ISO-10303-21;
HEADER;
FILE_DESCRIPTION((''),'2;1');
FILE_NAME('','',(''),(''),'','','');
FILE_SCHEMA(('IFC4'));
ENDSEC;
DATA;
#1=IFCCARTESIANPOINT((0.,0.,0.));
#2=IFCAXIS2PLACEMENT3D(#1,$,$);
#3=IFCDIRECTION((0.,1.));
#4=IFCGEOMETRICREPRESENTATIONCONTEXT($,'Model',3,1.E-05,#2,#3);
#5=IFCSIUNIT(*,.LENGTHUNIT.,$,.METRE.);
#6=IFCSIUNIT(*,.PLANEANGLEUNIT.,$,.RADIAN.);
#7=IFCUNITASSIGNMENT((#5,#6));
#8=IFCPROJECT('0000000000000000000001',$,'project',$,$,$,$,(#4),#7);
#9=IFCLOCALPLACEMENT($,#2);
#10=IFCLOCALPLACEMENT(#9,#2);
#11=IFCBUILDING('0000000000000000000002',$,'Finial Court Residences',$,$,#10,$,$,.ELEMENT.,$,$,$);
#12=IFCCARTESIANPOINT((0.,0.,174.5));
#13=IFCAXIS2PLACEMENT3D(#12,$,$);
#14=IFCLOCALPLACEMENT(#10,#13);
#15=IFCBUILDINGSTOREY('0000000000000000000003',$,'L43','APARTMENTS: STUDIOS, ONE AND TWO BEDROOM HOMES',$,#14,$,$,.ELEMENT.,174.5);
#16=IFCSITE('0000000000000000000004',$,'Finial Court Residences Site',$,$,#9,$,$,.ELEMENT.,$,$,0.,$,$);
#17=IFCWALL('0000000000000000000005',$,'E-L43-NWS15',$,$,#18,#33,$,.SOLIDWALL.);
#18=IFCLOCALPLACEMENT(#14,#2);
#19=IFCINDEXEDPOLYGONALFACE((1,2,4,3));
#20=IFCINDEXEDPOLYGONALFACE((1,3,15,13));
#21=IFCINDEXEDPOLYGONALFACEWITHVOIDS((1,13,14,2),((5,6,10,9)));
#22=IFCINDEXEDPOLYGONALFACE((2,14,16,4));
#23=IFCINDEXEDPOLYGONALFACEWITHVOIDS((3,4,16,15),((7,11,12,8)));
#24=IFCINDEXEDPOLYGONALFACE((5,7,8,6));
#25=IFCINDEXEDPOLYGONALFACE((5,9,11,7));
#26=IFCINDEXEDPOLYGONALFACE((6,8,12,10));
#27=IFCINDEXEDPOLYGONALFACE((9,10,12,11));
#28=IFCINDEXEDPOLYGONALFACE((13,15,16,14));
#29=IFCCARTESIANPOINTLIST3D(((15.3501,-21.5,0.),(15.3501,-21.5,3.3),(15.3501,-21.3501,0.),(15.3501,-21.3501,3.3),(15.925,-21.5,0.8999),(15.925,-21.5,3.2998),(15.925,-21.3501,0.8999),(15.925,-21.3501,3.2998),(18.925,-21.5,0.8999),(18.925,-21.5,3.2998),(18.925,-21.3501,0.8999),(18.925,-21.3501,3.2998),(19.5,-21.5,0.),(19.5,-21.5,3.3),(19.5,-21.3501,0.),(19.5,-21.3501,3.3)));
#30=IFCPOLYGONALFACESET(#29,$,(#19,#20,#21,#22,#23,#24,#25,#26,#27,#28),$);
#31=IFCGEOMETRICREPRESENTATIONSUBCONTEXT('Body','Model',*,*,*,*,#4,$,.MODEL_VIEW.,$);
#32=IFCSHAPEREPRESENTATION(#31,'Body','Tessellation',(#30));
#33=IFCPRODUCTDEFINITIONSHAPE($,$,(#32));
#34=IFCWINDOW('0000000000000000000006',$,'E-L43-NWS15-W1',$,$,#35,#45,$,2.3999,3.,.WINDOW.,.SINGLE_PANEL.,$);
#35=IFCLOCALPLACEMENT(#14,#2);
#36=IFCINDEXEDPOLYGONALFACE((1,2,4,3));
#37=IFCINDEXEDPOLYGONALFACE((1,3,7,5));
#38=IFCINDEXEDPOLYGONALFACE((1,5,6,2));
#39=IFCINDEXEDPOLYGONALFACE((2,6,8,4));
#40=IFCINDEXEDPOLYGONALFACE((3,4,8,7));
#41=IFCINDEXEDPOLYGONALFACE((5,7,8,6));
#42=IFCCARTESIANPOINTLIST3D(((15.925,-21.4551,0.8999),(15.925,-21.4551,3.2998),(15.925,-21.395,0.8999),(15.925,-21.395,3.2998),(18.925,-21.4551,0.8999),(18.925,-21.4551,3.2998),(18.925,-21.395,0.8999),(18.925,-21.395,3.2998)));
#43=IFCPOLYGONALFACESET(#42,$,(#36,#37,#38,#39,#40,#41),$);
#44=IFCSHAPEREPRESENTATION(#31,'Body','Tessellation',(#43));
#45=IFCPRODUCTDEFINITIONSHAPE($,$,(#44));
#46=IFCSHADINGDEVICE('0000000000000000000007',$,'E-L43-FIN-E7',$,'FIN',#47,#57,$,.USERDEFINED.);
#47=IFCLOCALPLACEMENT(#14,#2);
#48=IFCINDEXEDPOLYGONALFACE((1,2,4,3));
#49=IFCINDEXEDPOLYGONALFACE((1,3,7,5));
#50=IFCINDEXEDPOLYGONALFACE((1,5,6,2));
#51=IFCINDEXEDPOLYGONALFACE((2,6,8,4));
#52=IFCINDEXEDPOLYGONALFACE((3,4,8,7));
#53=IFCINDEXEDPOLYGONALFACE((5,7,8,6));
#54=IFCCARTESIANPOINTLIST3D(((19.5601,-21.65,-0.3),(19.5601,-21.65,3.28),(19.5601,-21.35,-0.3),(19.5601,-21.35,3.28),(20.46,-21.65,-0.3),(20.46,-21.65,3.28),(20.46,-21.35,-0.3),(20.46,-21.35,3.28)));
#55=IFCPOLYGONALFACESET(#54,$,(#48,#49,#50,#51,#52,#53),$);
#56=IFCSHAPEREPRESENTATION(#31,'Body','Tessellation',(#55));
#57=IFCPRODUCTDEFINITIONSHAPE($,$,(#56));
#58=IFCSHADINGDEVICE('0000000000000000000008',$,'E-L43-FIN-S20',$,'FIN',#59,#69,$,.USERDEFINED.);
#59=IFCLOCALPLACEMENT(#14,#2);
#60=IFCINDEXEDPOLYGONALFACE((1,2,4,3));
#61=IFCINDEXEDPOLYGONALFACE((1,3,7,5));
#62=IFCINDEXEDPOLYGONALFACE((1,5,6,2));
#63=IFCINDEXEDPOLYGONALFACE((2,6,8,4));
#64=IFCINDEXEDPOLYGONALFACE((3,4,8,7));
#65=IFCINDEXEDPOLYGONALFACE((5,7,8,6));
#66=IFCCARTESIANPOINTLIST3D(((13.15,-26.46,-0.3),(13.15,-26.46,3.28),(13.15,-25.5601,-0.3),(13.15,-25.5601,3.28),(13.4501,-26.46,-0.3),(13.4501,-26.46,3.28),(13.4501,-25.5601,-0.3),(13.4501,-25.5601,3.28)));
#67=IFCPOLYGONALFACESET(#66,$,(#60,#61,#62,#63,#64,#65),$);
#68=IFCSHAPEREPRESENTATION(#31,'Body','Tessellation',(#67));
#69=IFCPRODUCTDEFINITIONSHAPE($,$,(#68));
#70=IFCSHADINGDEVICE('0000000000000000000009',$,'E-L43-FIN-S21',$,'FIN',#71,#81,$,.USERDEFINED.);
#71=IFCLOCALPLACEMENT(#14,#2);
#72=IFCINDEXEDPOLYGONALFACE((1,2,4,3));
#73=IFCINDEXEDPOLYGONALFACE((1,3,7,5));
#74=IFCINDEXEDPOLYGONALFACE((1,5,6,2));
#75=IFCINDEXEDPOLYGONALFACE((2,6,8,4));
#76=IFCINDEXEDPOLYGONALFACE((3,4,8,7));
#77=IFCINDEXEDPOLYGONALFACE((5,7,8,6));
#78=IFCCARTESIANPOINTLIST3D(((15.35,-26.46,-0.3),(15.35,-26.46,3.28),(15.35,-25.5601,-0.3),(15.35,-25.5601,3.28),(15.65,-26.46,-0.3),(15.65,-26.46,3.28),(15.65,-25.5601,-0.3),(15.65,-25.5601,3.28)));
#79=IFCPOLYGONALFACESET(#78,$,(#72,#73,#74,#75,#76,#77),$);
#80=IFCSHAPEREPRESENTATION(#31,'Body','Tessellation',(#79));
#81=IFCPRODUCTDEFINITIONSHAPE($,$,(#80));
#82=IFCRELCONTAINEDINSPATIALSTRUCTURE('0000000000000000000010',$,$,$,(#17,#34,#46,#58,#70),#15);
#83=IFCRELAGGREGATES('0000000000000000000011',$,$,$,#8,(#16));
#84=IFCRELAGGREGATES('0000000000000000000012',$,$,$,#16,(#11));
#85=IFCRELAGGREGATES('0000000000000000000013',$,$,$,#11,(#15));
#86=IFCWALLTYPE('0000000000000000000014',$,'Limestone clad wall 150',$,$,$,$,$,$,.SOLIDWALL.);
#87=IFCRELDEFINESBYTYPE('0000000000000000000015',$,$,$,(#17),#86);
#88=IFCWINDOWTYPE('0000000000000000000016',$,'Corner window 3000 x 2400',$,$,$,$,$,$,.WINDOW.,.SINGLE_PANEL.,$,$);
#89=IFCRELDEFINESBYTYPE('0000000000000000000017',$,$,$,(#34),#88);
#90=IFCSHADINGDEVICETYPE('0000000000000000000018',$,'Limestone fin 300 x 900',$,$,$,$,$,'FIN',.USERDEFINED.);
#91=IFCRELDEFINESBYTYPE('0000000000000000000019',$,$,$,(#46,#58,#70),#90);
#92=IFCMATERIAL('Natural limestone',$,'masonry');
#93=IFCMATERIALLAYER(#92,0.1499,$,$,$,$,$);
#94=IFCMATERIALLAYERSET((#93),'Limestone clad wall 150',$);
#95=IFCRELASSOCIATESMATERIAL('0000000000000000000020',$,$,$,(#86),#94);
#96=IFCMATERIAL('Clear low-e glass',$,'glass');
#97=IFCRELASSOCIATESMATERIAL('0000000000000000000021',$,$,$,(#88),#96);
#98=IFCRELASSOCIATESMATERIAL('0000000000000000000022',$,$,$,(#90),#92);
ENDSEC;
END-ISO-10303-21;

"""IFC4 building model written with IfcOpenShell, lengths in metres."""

from ifc_helpers import new_model, si_unit, direction, frame, frame_2d, origin, origin_2d, place, context, subcontext, project, spatial, rectangle, extrude, material, layer, layer_set, type_object, element, fill, save


model = new_model("IFC4")

# Units and contexts
model_context = context("Model", 3, precision=1e-05, world=origin(), true_north=direction((0.0, 1.0)))
body_context = subcontext(model_context, "Body", "Model", "MODEL_VIEW")
ifc_project = project(units=[si_unit("LENGTHUNIT", "METRE"), si_unit("PLANEANGLEUNIT", "RADIAN")], contexts=[model_context])

# Site, building, storey
site_placement = place(None, origin())
site = spatial("IfcSite", under=ifc_project, at=site_placement, Name="Finial Court Residences Site", CompositionType="ELEMENT", RefElevation=0.0)
building_placement = place(site_placement, origin())
building = spatial("IfcBuilding", under=site, at=building_placement, Name="Finial Court Residences", CompositionType="ELEMENT")
storey_placement = place(building_placement, frame((0.0, 0.0, 174.5)))
storey = spatial("IfcBuildingStorey", under=building, at=storey_placement, Name="L43", Description="APARTMENTS: STUDIOS, ONE AND TWO BEDROOM HOMES", CompositionType="ELEMENT", Elevation=174.5)

# Shared definitions
ifc_material_1 = material(Name="Clear low-e glass", Category="glass")

# Wall, opening, window
ifc_material_2 = material(Name="Natural limestone", Category="masonry")
ifc_layer_1 = layer(ifc_material_2, 0.1499)
ifc_layer_set_1 = layer_set([ifc_layer_1], Name="Limestone clad wall 150")
wall_type_1 = type_object("IfcWallType", Name="Limestone clad wall 150", PredefinedType="SOLIDWALL", material=ifc_layer_set_1)
wall_1_placement = place(storey_placement, frame((19.5, -21.425, 0.0), z_axis=(0.0, 0.0, 1.0), x_axis=(-1.0, 0.0, 0.0)))
wall_1 = element("IfcWall", 1, at=wall_1_placement, inside=storey, type_object=wall_type_1, Name="E-L43-NWS15", PredefinedType="SOLIDWALL", context=body_context, shape_type="SweptSolid", body=[
    extrude(rectangle(XDim=4.1499, YDim=0.1499, at=frame_2d((2.075, 0.0))), origin(), (0.0, 0.0, 1.0), 3.3),
])
opening_1_placement = place(wall_1_placement, frame((0.575, 0.0, 0.8999)))
opening_1 = element("IfcOpeningElement", 2, at=opening_1_placement, cuts=wall_1, PredefinedType="OPENING", context=body_context, shape_type="SweptSolid", body=[
    extrude(rectangle(XDim=3.0, YDim=2.3999, at=frame_2d((1.5, 1.2))), frame((0.0, 0.085, 0.0), z_axis=(0.0, -1.0, 0.0), x_axis=(1.0, 0.0, 0.0)), (0.0, 0.0, 1.0), 0.1699),
])
window_type_1 = type_object("IfcWindowType", Name="Corner window 3000 x 2400", PartitioningType="SINGLE_PANEL", PredefinedType="WINDOW", material=ifc_material_1)
window_1_placement = place(opening_1_placement, origin())
window_1 = element("IfcWindow", 3, at=window_1_placement, inside=storey, type_object=window_type_1, Name="E-L43-NWS15-W1", OverallHeight=2.3999, OverallWidth=3.0, PartitioningType="SINGLE_PANEL", PredefinedType="WINDOW", context=body_context, shape_type="SweptSolid", body=[
    extrude(rectangle(XDim=3.0, YDim=2.3999, at=frame_2d((1.5, 1.2))), frame((0.0, 0.03, 0.0), z_axis=(0.0, -1.0, 0.0), x_axis=(1.0, 0.0, 0.0)), (0.0, 0.0, 1.0), 0.0601),
])
fill(opening_1, window_1)

# Shading devices
shading_device_type = type_object("IfcShadingDeviceType", Name="Limestone fin 300 x 900", ElementType="FIN", PredefinedType="USERDEFINED", material=ifc_material_2)
shading_device_placement = place(storey_placement, frame((20.01, -21.5, -0.3), z_axis=(0.0, 0.0, 1.0), x_axis=(1.0, 0.0, 0.0)))
element("IfcShadingDevice", 4, at=shading_device_placement, inside=storey, type_object=shading_device_type, Name="E-L43-FIN-E7", ObjectType="FIN", PredefinedType="USERDEFINED", context=body_context, shape_type="SweptSolid", body=[
    extrude(rectangle(XDim=0.8999, YDim=0.3, at=origin_2d()), origin(), (0.0, 0.0, 1.0), 3.5801),
])
for number, where, z_axis, x_axis, name in (
    (5, (13.3, -26.01, -0.3), (0.0, 0.0, 1.0), (1.0, 0.0, 0.0), "E-L43-FIN-S20"),
    (6, (15.5, -26.01, -0.3), (0.0, 0.0, 1.0), (1.0, 0.0, 0.0), "E-L43-FIN-S21"),
):
    element("IfcShadingDevice", number, at=place(storey_placement, frame(where, z_axis=z_axis, x_axis=x_axis)), inside=storey, type_object=shading_device_type, Name=name, ObjectType="FIN", PredefinedType="USERDEFINED", context=body_context, shape_type="SweptSolid", body=[
        extrude(rectangle(XDim=0.3, YDim=0.8999, at=origin_2d()), origin(), (0.0, 0.0, 1.0), 3.5801),
    ])

save(model, "model.ifc")
